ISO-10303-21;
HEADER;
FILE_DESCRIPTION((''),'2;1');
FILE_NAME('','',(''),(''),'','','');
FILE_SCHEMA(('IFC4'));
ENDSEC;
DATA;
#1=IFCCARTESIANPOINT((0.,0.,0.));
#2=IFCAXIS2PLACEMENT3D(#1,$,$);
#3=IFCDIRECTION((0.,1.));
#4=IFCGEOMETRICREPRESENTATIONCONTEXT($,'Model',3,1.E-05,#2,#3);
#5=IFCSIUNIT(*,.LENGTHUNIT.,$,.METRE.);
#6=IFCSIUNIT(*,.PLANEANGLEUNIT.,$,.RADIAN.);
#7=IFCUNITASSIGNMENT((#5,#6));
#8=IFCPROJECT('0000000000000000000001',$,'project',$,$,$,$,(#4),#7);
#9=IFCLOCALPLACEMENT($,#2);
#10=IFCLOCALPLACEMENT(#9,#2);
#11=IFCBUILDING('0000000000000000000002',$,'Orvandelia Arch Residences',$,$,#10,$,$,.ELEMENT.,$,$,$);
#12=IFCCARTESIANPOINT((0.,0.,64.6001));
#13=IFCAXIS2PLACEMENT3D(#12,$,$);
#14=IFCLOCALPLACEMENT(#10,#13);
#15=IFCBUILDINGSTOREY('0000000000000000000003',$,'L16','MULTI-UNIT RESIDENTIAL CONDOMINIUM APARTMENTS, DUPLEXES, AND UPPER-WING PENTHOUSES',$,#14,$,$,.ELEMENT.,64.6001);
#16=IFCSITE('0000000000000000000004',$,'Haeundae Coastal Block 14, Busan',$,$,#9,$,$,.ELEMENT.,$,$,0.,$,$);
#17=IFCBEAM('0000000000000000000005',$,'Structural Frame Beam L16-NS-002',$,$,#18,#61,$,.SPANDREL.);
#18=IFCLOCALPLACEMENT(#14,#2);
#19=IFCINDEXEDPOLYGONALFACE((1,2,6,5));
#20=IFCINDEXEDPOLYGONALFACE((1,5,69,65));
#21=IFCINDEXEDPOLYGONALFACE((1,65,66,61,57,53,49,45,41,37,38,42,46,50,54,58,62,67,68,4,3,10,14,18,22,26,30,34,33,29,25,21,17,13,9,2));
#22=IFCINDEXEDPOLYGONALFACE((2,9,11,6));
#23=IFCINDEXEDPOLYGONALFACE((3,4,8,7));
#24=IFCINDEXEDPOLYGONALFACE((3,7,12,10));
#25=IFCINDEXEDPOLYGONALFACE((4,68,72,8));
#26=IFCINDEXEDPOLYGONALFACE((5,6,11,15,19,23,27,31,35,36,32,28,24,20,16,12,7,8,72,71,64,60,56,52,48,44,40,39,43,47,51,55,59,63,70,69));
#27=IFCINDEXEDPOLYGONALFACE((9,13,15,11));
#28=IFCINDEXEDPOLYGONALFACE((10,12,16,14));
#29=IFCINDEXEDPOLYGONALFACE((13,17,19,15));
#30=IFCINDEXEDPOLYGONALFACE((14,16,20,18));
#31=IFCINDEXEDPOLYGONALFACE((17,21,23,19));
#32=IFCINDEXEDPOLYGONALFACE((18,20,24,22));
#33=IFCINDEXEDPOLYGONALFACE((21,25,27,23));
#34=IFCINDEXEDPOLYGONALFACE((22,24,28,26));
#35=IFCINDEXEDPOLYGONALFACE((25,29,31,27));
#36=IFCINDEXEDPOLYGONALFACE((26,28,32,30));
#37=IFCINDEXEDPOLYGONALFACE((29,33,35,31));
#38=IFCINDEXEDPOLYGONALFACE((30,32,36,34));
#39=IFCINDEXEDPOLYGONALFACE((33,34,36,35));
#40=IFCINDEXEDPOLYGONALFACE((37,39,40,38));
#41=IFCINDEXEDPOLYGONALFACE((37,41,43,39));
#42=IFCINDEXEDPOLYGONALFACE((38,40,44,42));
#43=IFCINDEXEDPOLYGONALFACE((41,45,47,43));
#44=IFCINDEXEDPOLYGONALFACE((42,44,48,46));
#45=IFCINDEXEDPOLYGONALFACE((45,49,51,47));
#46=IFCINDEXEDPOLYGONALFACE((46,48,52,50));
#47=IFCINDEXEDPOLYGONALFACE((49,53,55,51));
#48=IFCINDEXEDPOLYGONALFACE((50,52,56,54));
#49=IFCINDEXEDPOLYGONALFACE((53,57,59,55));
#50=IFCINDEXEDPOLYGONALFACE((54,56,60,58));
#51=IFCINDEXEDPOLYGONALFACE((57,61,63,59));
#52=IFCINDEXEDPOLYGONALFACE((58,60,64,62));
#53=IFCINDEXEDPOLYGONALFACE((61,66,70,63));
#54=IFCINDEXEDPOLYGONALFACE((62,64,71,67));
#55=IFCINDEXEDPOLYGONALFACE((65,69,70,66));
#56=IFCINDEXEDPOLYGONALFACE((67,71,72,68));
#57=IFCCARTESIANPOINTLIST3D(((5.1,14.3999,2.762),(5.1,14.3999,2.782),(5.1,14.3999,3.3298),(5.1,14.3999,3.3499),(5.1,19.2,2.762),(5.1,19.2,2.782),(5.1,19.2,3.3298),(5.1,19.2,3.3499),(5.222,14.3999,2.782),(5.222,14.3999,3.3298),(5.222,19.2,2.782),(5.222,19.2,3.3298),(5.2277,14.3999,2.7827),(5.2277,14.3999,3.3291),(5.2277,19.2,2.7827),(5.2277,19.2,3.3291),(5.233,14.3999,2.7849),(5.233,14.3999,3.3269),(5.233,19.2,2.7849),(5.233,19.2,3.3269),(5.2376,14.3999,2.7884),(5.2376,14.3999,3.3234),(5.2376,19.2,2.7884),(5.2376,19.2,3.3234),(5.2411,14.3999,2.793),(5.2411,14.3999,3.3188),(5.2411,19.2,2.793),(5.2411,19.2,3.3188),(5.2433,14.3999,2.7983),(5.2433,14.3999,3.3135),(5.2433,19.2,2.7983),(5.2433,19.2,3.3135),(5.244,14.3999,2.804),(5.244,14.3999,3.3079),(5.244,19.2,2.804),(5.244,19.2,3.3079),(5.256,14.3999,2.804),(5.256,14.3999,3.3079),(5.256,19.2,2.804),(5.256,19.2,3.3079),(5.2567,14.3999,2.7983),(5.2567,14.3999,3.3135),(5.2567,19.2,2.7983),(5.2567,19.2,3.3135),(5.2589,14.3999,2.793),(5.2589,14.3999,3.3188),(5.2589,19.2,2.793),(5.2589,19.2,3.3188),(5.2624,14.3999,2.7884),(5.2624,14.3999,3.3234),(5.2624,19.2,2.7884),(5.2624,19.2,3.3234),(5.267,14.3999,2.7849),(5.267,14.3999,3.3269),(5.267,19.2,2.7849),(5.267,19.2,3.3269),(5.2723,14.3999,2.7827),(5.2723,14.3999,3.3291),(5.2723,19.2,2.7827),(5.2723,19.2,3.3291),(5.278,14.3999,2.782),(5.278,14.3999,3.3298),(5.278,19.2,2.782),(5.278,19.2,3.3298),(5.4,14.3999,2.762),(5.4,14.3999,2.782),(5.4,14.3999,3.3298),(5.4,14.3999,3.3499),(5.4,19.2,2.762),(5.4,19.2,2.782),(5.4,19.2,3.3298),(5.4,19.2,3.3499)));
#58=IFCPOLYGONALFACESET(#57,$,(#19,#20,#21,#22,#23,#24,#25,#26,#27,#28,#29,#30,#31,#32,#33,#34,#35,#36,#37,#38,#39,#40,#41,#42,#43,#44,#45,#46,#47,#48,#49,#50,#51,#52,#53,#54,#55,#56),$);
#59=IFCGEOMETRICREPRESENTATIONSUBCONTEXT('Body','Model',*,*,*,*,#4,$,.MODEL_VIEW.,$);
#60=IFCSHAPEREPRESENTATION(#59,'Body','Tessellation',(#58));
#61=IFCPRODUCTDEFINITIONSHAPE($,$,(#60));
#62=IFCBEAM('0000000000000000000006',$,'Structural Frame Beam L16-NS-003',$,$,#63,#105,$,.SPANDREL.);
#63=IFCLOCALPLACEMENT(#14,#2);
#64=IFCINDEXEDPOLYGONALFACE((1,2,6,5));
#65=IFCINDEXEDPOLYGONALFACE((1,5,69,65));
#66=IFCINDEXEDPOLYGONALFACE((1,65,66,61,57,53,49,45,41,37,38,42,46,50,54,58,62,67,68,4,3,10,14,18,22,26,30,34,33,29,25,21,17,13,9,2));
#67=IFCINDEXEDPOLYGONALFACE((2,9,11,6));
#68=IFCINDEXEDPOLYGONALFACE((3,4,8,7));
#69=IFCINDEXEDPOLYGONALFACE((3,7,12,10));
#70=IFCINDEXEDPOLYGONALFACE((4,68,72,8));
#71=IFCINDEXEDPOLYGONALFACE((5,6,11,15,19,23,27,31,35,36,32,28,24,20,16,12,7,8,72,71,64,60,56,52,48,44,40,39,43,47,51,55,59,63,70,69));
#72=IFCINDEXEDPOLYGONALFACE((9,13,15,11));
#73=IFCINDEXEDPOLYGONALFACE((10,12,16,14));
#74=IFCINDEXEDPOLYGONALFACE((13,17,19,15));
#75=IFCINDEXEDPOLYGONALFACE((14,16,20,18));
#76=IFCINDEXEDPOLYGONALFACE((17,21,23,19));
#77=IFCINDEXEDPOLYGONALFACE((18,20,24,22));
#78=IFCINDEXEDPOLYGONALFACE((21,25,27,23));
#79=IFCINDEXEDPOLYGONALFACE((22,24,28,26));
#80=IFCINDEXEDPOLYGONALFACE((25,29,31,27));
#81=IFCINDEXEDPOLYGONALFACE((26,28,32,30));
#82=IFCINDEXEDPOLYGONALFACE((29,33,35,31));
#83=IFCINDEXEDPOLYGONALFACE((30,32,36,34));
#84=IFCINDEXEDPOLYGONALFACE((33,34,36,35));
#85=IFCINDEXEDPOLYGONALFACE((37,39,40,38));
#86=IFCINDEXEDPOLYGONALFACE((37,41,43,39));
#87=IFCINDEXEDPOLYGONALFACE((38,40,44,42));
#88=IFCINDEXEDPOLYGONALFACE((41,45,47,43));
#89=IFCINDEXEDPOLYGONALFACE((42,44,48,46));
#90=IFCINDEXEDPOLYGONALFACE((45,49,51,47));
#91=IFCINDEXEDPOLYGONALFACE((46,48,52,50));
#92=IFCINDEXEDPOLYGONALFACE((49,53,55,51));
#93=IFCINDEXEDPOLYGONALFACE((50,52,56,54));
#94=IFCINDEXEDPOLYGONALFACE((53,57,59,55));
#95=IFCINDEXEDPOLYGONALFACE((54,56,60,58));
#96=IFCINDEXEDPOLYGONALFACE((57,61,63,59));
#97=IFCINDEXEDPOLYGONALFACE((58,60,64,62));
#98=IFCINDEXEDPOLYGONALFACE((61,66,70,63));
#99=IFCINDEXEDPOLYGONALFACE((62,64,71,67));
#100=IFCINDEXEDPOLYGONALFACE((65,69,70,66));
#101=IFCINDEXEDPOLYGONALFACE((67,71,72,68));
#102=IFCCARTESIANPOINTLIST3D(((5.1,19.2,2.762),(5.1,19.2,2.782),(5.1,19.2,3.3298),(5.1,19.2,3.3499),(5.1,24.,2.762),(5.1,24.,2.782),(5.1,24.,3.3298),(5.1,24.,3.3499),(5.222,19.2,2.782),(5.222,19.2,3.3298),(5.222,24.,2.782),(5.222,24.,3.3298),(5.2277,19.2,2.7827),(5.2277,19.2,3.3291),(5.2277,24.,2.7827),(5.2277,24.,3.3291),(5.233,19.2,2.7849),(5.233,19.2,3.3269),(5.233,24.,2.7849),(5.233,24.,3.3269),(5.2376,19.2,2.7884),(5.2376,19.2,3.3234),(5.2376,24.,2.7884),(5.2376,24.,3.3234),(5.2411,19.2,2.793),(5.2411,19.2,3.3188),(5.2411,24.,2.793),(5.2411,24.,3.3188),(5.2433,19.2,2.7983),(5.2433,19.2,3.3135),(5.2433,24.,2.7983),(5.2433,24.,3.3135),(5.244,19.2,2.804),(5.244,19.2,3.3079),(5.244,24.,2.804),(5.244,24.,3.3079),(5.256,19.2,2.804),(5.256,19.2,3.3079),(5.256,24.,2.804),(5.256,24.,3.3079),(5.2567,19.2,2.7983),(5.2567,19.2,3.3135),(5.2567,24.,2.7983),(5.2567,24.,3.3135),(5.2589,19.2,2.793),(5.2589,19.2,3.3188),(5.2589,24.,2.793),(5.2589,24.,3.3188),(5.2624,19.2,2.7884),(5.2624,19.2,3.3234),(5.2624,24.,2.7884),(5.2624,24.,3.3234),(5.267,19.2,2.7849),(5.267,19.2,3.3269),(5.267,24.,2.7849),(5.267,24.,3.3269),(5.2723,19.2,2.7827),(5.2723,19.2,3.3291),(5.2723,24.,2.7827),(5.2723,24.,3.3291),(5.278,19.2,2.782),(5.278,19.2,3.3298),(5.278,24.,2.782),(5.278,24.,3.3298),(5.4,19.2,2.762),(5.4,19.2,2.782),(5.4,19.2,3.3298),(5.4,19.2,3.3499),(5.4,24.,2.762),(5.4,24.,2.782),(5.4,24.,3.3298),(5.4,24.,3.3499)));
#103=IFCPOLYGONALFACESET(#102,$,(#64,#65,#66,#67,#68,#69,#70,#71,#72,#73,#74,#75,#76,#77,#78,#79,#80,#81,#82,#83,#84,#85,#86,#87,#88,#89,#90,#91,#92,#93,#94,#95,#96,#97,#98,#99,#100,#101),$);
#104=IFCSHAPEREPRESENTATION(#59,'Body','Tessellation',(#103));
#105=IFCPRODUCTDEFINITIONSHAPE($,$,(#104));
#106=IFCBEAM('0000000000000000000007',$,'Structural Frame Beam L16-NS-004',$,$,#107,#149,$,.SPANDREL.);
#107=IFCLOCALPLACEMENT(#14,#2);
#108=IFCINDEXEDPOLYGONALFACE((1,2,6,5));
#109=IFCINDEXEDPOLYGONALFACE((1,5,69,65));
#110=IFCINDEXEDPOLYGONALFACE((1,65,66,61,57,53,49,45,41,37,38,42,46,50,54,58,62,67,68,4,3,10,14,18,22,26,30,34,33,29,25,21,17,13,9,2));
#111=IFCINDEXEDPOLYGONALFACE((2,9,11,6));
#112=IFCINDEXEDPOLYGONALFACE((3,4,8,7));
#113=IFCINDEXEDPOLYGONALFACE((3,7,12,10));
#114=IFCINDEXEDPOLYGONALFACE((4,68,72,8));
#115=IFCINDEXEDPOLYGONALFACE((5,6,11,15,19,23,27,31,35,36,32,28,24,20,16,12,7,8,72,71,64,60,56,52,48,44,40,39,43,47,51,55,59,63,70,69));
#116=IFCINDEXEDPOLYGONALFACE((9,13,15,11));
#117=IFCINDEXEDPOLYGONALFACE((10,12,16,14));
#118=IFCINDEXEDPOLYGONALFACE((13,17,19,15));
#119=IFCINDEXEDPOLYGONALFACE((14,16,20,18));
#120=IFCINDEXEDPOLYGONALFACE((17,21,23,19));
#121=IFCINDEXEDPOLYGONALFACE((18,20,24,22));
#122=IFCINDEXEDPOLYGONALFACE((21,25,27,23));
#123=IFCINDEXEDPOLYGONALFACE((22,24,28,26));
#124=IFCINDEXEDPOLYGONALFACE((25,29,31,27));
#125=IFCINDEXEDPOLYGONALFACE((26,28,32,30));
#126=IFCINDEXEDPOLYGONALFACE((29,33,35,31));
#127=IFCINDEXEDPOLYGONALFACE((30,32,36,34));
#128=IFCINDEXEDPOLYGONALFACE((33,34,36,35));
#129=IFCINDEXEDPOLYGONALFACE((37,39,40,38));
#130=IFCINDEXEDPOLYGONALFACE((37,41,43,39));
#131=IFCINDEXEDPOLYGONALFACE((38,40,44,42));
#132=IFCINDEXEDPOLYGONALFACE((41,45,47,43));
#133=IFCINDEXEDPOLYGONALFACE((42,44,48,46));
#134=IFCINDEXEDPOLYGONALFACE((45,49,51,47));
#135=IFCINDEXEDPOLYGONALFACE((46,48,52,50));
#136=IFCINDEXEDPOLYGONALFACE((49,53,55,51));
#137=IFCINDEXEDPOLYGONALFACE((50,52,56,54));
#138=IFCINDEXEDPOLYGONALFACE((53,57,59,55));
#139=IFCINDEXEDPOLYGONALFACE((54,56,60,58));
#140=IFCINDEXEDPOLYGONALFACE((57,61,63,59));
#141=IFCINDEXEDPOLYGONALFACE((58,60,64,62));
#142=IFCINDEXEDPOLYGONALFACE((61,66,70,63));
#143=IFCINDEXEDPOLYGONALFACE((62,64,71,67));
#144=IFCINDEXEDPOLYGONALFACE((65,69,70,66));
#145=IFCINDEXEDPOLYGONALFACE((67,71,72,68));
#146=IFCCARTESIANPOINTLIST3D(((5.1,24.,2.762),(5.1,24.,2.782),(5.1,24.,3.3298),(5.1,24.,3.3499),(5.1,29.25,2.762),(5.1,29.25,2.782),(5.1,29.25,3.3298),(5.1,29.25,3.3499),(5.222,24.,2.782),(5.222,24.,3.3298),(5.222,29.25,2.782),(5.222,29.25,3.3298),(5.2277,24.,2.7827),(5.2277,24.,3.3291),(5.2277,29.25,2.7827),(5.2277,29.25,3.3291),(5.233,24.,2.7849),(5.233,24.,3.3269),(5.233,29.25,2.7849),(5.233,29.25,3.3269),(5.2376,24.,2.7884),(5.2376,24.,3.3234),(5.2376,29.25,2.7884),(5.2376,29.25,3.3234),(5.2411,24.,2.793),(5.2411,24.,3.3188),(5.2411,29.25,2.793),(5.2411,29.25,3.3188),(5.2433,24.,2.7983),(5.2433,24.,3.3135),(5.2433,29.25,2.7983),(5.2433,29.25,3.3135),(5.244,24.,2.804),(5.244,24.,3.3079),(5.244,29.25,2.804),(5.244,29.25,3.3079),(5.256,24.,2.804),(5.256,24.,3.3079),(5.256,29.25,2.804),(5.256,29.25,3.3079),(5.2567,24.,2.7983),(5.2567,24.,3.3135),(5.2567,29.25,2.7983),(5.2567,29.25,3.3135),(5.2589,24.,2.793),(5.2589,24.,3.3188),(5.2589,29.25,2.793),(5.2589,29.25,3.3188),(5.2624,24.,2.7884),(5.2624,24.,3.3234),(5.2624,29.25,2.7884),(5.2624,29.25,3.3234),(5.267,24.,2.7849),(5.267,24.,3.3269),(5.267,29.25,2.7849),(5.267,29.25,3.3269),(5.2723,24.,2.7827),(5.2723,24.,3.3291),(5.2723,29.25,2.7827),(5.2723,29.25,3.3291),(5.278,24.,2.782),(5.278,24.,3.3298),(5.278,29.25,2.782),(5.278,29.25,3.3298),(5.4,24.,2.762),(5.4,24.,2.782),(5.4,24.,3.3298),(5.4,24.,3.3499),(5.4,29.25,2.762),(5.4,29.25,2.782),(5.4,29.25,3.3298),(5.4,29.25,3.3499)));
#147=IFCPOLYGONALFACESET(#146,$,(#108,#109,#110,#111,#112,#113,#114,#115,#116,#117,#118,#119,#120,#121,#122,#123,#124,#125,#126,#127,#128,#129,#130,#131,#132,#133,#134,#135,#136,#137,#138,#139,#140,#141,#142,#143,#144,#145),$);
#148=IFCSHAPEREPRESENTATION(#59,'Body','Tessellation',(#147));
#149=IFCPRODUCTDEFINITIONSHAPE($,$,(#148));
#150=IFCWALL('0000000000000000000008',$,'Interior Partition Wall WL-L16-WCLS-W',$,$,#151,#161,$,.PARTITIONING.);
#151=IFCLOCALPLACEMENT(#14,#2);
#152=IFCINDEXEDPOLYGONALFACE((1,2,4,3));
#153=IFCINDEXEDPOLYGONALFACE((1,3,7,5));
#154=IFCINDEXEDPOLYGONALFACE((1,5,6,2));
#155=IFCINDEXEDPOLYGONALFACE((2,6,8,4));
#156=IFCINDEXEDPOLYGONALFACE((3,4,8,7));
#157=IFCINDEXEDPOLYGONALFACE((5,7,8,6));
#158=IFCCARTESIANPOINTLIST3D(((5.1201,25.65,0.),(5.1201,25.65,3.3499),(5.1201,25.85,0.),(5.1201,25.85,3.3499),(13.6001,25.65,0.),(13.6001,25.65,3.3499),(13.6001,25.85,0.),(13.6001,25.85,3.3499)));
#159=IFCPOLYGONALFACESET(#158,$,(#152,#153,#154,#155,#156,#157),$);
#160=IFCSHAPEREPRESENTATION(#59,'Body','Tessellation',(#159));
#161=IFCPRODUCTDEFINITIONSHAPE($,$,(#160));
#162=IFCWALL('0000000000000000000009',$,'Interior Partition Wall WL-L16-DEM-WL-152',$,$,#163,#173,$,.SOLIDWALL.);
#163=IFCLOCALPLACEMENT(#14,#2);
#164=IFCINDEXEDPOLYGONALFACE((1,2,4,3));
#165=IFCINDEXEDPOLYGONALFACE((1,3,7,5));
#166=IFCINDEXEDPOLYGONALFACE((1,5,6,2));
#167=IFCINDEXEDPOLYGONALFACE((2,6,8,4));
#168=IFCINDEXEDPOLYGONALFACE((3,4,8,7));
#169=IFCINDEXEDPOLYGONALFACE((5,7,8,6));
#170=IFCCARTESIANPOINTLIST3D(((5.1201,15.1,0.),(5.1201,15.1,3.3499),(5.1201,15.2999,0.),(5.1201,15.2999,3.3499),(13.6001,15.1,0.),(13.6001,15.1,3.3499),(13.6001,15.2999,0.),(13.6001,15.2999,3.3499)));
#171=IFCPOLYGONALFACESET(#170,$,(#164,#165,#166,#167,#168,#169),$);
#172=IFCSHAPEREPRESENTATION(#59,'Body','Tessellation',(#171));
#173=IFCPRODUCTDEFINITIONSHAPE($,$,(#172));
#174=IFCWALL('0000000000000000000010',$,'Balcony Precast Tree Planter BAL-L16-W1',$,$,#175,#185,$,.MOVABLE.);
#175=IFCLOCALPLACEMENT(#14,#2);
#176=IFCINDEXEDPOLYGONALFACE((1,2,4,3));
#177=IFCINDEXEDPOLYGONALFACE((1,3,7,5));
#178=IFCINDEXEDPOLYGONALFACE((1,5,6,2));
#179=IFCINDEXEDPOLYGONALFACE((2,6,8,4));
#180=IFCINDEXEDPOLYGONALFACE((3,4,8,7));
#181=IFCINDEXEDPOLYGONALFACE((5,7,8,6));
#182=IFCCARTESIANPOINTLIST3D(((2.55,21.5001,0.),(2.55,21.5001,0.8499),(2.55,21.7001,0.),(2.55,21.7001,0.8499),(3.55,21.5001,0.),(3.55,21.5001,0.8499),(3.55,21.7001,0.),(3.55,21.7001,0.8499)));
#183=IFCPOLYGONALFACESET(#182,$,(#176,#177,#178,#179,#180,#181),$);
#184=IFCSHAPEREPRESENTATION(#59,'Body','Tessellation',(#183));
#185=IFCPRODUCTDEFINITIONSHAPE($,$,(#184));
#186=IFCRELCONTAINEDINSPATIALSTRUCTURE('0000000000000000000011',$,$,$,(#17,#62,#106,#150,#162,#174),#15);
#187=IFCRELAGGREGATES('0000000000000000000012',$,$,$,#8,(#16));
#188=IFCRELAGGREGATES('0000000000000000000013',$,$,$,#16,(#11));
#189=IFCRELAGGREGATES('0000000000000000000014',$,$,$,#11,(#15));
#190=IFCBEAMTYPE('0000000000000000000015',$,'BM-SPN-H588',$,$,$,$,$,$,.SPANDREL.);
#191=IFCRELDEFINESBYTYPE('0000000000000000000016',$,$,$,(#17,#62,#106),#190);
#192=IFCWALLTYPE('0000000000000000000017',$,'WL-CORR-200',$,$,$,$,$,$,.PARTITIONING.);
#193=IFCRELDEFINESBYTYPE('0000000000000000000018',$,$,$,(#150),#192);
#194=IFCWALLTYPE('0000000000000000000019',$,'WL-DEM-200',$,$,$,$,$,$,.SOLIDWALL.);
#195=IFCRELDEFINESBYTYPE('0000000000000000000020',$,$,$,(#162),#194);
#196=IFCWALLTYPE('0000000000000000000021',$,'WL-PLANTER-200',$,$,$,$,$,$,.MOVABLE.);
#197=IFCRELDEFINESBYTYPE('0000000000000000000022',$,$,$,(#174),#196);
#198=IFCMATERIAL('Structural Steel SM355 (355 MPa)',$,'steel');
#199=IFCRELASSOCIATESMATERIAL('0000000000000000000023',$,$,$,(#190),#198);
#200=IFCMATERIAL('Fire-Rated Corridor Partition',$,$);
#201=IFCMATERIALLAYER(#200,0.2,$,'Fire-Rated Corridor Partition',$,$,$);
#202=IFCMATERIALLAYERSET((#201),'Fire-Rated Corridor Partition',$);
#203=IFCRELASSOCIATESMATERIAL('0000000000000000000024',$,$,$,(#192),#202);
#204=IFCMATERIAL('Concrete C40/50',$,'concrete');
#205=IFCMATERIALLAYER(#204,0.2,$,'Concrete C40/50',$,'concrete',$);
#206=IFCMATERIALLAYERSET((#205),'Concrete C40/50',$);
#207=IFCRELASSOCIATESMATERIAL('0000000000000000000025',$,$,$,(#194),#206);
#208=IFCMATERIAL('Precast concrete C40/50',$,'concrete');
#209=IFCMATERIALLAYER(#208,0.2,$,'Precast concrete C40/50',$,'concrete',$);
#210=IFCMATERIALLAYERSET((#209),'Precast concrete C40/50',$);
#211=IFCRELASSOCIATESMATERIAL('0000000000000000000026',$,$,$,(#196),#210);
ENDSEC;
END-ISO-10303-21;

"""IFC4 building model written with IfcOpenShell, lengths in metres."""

from ifc_helpers import new_model, si_unit, direction, frame, frame_2d, origin, origin_2d, place, context, subcontext, project, spatial, rectangle, i_section, extrude, material, layer, layer_set, material_profile, profile_set, type_object, element, save


model = new_model("IFC4")

# Units and contexts
model_context = context("Model", 3, precision=1e-05, world=origin(), true_north=direction((0.0, 1.0)))
body_context = subcontext(model_context, "Body", "Model", "MODEL_VIEW")
ifc_project = project(units=[si_unit("LENGTHUNIT", "METRE"), si_unit("PLANEANGLEUNIT", "RADIAN")], contexts=[model_context])

# Site, building, storey
site_placement = place(None, origin())
site = spatial("IfcSite", under=ifc_project, at=site_placement, Name="Haeundae Coastal Block 14, Busan", CompositionType="ELEMENT", RefElevation=0.0)
building_placement = place(site_placement, origin())
building = spatial("IfcBuilding", under=site, at=building_placement, Name="Orvandelia Arch Residences", CompositionType="ELEMENT")
storey_placement = place(building_placement, frame((0.0, 0.0, 64.6001)))
storey = spatial("IfcBuildingStorey", under=building, at=storey_placement, Name="L16", Description="MULTI-UNIT RESIDENTIAL CONDOMINIUM APARTMENTS, DUPLEXES, AND UPPER-WING PENTHOUSES", CompositionType="ELEMENT", Elevation=64.6001)

# Beams
ifc_material_1 = material(Name="Structural Steel SM355 (355 MPa)", Category="steel")
ifc_material_profile_1 = material_profile(ifc_material_1, i_section(OverallWidth=0.3, OverallDepth=0.5879, WebThickness=0.012, FlangeThickness=0.02, FilletRadius=0.022, at=origin_2d()), Name="Structural Steel SM355 (355 MPa)", Category="steel")
ifc_profile_set_1 = profile_set([ifc_material_profile_1], Name="Structural Steel SM355 (355 MPa)")
beam_type_1 = type_object("IfcBeamType", Name="BM-SPN-H588", PredefinedType="SPANDREL", material=ifc_profile_set_1)
for number, where, z_axis, x_axis, name in (
    (1, (5.25, 14.3999, 3.0559), (0.0, 1.0, 0.0), (-1.0, 0.0, 0.0), "Structural Frame Beam L16-NS-002"),
    (2, (5.25, 19.2, 3.0559), (0.0, 1.0, 0.0), (-1.0, 0.0, 0.0), "Structural Frame Beam L16-NS-003"),
):
    element("IfcBeam", number, at=place(storey_placement, frame(where, z_axis=z_axis, x_axis=x_axis)), inside=storey, type_object=beam_type_1, Name=name, PredefinedType="SPANDREL", context=body_context, shape_type="SweptSolid", body=[
        extrude(i_section(OverallWidth=0.3, OverallDepth=0.5879, WebThickness=0.012, FlangeThickness=0.02, FilletRadius=0.022, at=origin_2d()), origin(), (0.0, 0.0, 1.0), 4.8),
    ])
beam_placement = place(storey_placement, frame((5.25, 24.0, 3.0559), z_axis=(0.0, 1.0, 0.0), x_axis=(-1.0, 0.0, 0.0)))
element("IfcBeam", 3, at=beam_placement, inside=storey, type_object=beam_type_1, Name="Structural Frame Beam L16-NS-004", PredefinedType="SPANDREL", context=body_context, shape_type="SweptSolid", body=[
    extrude(i_section(OverallWidth=0.3, OverallDepth=0.5879, WebThickness=0.012, FlangeThickness=0.02, FilletRadius=0.022, at=origin_2d()), origin(), (0.0, 0.0, 1.0), 5.25),
])

# Walls
ifc_material_2 = material(Name="Fire-Rated Corridor Partition")
ifc_layer_1 = layer(ifc_material_2, 0.2, Name="Fire-Rated Corridor Partition")
ifc_layer_set_1 = layer_set([ifc_layer_1], Name="Fire-Rated Corridor Partition")
wall_type_1 = type_object("IfcWallType", Name="WL-CORR-200", PredefinedType="PARTITIONING", material=ifc_layer_set_1)
wall_1_placement = place(storey_placement, frame((5.1201, 25.75, 0.0), z_axis=(0.0, 0.0, 1.0), x_axis=(1.0, 0.0, 0.0)))
element("IfcWall", 4, at=wall_1_placement, inside=storey, type_object=wall_type_1, Name="Interior Partition Wall WL-L16-WCLS-W", PredefinedType="PARTITIONING", context=body_context, shape_type="SweptSolid", body=[
    extrude(rectangle(XDim=8.48, YDim=0.2, at=frame_2d((4.24, 0.0))), origin(), (0.0, 0.0, 1.0), 3.3499),
])
ifc_material_3 = material(Name="Concrete C40/50", Category="concrete")
ifc_layer_2 = layer(ifc_material_3, 0.2, Name="Concrete C40/50", Category="concrete")
ifc_layer_set_2 = layer_set([ifc_layer_2], Name="Concrete C40/50")
wall_type_2 = type_object("IfcWallType", Name="WL-DEM-200", PredefinedType="SOLIDWALL", material=ifc_layer_set_2)
wall_2_placement = place(storey_placement, frame((5.1201, 15.2, 0.0), z_axis=(0.0, 0.0, 1.0), x_axis=(1.0, 0.0, 0.0)))
element("IfcWall", 5, at=wall_2_placement, inside=storey, type_object=wall_type_2, Name="Interior Partition Wall WL-L16-DEM-WL-152", PredefinedType="SOLIDWALL", context=body_context, shape_type="SweptSolid", body=[
    extrude(rectangle(XDim=8.48, YDim=0.2, at=frame_2d((4.24, 0.0))), origin(), (0.0, 0.0, 1.0), 3.3499),
])
ifc_material_4 = material(Name="Precast concrete C40/50", Category="concrete")
ifc_layer_3 = layer(ifc_material_4, 0.2, Name="Precast concrete C40/50", Category="concrete")
ifc_layer_set_3 = layer_set([ifc_layer_3], Name="Precast concrete C40/50")
wall_type_3 = type_object("IfcWallType", Name="WL-PLANTER-200", PredefinedType="MOVABLE", material=ifc_layer_set_3)
wall_3_placement = place(storey_placement, frame((2.55, 21.6001, 0.0), z_axis=(0.0, 0.0, 1.0), x_axis=(1.0, 0.0, 0.0)))
element("IfcWall", 6, at=wall_3_placement, inside=storey, type_object=wall_type_3, Name="Balcony Precast Tree Planter BAL-L16-W1", PredefinedType="MOVABLE", context=body_context, shape_type="SweptSolid", body=[
    extrude(rectangle(XDim=1.0, YDim=0.2, at=frame_2d((0.5, 0.0))), origin(), (0.0, 0.0, 1.0), 0.8499),
])

save(model, "model.ifc")
